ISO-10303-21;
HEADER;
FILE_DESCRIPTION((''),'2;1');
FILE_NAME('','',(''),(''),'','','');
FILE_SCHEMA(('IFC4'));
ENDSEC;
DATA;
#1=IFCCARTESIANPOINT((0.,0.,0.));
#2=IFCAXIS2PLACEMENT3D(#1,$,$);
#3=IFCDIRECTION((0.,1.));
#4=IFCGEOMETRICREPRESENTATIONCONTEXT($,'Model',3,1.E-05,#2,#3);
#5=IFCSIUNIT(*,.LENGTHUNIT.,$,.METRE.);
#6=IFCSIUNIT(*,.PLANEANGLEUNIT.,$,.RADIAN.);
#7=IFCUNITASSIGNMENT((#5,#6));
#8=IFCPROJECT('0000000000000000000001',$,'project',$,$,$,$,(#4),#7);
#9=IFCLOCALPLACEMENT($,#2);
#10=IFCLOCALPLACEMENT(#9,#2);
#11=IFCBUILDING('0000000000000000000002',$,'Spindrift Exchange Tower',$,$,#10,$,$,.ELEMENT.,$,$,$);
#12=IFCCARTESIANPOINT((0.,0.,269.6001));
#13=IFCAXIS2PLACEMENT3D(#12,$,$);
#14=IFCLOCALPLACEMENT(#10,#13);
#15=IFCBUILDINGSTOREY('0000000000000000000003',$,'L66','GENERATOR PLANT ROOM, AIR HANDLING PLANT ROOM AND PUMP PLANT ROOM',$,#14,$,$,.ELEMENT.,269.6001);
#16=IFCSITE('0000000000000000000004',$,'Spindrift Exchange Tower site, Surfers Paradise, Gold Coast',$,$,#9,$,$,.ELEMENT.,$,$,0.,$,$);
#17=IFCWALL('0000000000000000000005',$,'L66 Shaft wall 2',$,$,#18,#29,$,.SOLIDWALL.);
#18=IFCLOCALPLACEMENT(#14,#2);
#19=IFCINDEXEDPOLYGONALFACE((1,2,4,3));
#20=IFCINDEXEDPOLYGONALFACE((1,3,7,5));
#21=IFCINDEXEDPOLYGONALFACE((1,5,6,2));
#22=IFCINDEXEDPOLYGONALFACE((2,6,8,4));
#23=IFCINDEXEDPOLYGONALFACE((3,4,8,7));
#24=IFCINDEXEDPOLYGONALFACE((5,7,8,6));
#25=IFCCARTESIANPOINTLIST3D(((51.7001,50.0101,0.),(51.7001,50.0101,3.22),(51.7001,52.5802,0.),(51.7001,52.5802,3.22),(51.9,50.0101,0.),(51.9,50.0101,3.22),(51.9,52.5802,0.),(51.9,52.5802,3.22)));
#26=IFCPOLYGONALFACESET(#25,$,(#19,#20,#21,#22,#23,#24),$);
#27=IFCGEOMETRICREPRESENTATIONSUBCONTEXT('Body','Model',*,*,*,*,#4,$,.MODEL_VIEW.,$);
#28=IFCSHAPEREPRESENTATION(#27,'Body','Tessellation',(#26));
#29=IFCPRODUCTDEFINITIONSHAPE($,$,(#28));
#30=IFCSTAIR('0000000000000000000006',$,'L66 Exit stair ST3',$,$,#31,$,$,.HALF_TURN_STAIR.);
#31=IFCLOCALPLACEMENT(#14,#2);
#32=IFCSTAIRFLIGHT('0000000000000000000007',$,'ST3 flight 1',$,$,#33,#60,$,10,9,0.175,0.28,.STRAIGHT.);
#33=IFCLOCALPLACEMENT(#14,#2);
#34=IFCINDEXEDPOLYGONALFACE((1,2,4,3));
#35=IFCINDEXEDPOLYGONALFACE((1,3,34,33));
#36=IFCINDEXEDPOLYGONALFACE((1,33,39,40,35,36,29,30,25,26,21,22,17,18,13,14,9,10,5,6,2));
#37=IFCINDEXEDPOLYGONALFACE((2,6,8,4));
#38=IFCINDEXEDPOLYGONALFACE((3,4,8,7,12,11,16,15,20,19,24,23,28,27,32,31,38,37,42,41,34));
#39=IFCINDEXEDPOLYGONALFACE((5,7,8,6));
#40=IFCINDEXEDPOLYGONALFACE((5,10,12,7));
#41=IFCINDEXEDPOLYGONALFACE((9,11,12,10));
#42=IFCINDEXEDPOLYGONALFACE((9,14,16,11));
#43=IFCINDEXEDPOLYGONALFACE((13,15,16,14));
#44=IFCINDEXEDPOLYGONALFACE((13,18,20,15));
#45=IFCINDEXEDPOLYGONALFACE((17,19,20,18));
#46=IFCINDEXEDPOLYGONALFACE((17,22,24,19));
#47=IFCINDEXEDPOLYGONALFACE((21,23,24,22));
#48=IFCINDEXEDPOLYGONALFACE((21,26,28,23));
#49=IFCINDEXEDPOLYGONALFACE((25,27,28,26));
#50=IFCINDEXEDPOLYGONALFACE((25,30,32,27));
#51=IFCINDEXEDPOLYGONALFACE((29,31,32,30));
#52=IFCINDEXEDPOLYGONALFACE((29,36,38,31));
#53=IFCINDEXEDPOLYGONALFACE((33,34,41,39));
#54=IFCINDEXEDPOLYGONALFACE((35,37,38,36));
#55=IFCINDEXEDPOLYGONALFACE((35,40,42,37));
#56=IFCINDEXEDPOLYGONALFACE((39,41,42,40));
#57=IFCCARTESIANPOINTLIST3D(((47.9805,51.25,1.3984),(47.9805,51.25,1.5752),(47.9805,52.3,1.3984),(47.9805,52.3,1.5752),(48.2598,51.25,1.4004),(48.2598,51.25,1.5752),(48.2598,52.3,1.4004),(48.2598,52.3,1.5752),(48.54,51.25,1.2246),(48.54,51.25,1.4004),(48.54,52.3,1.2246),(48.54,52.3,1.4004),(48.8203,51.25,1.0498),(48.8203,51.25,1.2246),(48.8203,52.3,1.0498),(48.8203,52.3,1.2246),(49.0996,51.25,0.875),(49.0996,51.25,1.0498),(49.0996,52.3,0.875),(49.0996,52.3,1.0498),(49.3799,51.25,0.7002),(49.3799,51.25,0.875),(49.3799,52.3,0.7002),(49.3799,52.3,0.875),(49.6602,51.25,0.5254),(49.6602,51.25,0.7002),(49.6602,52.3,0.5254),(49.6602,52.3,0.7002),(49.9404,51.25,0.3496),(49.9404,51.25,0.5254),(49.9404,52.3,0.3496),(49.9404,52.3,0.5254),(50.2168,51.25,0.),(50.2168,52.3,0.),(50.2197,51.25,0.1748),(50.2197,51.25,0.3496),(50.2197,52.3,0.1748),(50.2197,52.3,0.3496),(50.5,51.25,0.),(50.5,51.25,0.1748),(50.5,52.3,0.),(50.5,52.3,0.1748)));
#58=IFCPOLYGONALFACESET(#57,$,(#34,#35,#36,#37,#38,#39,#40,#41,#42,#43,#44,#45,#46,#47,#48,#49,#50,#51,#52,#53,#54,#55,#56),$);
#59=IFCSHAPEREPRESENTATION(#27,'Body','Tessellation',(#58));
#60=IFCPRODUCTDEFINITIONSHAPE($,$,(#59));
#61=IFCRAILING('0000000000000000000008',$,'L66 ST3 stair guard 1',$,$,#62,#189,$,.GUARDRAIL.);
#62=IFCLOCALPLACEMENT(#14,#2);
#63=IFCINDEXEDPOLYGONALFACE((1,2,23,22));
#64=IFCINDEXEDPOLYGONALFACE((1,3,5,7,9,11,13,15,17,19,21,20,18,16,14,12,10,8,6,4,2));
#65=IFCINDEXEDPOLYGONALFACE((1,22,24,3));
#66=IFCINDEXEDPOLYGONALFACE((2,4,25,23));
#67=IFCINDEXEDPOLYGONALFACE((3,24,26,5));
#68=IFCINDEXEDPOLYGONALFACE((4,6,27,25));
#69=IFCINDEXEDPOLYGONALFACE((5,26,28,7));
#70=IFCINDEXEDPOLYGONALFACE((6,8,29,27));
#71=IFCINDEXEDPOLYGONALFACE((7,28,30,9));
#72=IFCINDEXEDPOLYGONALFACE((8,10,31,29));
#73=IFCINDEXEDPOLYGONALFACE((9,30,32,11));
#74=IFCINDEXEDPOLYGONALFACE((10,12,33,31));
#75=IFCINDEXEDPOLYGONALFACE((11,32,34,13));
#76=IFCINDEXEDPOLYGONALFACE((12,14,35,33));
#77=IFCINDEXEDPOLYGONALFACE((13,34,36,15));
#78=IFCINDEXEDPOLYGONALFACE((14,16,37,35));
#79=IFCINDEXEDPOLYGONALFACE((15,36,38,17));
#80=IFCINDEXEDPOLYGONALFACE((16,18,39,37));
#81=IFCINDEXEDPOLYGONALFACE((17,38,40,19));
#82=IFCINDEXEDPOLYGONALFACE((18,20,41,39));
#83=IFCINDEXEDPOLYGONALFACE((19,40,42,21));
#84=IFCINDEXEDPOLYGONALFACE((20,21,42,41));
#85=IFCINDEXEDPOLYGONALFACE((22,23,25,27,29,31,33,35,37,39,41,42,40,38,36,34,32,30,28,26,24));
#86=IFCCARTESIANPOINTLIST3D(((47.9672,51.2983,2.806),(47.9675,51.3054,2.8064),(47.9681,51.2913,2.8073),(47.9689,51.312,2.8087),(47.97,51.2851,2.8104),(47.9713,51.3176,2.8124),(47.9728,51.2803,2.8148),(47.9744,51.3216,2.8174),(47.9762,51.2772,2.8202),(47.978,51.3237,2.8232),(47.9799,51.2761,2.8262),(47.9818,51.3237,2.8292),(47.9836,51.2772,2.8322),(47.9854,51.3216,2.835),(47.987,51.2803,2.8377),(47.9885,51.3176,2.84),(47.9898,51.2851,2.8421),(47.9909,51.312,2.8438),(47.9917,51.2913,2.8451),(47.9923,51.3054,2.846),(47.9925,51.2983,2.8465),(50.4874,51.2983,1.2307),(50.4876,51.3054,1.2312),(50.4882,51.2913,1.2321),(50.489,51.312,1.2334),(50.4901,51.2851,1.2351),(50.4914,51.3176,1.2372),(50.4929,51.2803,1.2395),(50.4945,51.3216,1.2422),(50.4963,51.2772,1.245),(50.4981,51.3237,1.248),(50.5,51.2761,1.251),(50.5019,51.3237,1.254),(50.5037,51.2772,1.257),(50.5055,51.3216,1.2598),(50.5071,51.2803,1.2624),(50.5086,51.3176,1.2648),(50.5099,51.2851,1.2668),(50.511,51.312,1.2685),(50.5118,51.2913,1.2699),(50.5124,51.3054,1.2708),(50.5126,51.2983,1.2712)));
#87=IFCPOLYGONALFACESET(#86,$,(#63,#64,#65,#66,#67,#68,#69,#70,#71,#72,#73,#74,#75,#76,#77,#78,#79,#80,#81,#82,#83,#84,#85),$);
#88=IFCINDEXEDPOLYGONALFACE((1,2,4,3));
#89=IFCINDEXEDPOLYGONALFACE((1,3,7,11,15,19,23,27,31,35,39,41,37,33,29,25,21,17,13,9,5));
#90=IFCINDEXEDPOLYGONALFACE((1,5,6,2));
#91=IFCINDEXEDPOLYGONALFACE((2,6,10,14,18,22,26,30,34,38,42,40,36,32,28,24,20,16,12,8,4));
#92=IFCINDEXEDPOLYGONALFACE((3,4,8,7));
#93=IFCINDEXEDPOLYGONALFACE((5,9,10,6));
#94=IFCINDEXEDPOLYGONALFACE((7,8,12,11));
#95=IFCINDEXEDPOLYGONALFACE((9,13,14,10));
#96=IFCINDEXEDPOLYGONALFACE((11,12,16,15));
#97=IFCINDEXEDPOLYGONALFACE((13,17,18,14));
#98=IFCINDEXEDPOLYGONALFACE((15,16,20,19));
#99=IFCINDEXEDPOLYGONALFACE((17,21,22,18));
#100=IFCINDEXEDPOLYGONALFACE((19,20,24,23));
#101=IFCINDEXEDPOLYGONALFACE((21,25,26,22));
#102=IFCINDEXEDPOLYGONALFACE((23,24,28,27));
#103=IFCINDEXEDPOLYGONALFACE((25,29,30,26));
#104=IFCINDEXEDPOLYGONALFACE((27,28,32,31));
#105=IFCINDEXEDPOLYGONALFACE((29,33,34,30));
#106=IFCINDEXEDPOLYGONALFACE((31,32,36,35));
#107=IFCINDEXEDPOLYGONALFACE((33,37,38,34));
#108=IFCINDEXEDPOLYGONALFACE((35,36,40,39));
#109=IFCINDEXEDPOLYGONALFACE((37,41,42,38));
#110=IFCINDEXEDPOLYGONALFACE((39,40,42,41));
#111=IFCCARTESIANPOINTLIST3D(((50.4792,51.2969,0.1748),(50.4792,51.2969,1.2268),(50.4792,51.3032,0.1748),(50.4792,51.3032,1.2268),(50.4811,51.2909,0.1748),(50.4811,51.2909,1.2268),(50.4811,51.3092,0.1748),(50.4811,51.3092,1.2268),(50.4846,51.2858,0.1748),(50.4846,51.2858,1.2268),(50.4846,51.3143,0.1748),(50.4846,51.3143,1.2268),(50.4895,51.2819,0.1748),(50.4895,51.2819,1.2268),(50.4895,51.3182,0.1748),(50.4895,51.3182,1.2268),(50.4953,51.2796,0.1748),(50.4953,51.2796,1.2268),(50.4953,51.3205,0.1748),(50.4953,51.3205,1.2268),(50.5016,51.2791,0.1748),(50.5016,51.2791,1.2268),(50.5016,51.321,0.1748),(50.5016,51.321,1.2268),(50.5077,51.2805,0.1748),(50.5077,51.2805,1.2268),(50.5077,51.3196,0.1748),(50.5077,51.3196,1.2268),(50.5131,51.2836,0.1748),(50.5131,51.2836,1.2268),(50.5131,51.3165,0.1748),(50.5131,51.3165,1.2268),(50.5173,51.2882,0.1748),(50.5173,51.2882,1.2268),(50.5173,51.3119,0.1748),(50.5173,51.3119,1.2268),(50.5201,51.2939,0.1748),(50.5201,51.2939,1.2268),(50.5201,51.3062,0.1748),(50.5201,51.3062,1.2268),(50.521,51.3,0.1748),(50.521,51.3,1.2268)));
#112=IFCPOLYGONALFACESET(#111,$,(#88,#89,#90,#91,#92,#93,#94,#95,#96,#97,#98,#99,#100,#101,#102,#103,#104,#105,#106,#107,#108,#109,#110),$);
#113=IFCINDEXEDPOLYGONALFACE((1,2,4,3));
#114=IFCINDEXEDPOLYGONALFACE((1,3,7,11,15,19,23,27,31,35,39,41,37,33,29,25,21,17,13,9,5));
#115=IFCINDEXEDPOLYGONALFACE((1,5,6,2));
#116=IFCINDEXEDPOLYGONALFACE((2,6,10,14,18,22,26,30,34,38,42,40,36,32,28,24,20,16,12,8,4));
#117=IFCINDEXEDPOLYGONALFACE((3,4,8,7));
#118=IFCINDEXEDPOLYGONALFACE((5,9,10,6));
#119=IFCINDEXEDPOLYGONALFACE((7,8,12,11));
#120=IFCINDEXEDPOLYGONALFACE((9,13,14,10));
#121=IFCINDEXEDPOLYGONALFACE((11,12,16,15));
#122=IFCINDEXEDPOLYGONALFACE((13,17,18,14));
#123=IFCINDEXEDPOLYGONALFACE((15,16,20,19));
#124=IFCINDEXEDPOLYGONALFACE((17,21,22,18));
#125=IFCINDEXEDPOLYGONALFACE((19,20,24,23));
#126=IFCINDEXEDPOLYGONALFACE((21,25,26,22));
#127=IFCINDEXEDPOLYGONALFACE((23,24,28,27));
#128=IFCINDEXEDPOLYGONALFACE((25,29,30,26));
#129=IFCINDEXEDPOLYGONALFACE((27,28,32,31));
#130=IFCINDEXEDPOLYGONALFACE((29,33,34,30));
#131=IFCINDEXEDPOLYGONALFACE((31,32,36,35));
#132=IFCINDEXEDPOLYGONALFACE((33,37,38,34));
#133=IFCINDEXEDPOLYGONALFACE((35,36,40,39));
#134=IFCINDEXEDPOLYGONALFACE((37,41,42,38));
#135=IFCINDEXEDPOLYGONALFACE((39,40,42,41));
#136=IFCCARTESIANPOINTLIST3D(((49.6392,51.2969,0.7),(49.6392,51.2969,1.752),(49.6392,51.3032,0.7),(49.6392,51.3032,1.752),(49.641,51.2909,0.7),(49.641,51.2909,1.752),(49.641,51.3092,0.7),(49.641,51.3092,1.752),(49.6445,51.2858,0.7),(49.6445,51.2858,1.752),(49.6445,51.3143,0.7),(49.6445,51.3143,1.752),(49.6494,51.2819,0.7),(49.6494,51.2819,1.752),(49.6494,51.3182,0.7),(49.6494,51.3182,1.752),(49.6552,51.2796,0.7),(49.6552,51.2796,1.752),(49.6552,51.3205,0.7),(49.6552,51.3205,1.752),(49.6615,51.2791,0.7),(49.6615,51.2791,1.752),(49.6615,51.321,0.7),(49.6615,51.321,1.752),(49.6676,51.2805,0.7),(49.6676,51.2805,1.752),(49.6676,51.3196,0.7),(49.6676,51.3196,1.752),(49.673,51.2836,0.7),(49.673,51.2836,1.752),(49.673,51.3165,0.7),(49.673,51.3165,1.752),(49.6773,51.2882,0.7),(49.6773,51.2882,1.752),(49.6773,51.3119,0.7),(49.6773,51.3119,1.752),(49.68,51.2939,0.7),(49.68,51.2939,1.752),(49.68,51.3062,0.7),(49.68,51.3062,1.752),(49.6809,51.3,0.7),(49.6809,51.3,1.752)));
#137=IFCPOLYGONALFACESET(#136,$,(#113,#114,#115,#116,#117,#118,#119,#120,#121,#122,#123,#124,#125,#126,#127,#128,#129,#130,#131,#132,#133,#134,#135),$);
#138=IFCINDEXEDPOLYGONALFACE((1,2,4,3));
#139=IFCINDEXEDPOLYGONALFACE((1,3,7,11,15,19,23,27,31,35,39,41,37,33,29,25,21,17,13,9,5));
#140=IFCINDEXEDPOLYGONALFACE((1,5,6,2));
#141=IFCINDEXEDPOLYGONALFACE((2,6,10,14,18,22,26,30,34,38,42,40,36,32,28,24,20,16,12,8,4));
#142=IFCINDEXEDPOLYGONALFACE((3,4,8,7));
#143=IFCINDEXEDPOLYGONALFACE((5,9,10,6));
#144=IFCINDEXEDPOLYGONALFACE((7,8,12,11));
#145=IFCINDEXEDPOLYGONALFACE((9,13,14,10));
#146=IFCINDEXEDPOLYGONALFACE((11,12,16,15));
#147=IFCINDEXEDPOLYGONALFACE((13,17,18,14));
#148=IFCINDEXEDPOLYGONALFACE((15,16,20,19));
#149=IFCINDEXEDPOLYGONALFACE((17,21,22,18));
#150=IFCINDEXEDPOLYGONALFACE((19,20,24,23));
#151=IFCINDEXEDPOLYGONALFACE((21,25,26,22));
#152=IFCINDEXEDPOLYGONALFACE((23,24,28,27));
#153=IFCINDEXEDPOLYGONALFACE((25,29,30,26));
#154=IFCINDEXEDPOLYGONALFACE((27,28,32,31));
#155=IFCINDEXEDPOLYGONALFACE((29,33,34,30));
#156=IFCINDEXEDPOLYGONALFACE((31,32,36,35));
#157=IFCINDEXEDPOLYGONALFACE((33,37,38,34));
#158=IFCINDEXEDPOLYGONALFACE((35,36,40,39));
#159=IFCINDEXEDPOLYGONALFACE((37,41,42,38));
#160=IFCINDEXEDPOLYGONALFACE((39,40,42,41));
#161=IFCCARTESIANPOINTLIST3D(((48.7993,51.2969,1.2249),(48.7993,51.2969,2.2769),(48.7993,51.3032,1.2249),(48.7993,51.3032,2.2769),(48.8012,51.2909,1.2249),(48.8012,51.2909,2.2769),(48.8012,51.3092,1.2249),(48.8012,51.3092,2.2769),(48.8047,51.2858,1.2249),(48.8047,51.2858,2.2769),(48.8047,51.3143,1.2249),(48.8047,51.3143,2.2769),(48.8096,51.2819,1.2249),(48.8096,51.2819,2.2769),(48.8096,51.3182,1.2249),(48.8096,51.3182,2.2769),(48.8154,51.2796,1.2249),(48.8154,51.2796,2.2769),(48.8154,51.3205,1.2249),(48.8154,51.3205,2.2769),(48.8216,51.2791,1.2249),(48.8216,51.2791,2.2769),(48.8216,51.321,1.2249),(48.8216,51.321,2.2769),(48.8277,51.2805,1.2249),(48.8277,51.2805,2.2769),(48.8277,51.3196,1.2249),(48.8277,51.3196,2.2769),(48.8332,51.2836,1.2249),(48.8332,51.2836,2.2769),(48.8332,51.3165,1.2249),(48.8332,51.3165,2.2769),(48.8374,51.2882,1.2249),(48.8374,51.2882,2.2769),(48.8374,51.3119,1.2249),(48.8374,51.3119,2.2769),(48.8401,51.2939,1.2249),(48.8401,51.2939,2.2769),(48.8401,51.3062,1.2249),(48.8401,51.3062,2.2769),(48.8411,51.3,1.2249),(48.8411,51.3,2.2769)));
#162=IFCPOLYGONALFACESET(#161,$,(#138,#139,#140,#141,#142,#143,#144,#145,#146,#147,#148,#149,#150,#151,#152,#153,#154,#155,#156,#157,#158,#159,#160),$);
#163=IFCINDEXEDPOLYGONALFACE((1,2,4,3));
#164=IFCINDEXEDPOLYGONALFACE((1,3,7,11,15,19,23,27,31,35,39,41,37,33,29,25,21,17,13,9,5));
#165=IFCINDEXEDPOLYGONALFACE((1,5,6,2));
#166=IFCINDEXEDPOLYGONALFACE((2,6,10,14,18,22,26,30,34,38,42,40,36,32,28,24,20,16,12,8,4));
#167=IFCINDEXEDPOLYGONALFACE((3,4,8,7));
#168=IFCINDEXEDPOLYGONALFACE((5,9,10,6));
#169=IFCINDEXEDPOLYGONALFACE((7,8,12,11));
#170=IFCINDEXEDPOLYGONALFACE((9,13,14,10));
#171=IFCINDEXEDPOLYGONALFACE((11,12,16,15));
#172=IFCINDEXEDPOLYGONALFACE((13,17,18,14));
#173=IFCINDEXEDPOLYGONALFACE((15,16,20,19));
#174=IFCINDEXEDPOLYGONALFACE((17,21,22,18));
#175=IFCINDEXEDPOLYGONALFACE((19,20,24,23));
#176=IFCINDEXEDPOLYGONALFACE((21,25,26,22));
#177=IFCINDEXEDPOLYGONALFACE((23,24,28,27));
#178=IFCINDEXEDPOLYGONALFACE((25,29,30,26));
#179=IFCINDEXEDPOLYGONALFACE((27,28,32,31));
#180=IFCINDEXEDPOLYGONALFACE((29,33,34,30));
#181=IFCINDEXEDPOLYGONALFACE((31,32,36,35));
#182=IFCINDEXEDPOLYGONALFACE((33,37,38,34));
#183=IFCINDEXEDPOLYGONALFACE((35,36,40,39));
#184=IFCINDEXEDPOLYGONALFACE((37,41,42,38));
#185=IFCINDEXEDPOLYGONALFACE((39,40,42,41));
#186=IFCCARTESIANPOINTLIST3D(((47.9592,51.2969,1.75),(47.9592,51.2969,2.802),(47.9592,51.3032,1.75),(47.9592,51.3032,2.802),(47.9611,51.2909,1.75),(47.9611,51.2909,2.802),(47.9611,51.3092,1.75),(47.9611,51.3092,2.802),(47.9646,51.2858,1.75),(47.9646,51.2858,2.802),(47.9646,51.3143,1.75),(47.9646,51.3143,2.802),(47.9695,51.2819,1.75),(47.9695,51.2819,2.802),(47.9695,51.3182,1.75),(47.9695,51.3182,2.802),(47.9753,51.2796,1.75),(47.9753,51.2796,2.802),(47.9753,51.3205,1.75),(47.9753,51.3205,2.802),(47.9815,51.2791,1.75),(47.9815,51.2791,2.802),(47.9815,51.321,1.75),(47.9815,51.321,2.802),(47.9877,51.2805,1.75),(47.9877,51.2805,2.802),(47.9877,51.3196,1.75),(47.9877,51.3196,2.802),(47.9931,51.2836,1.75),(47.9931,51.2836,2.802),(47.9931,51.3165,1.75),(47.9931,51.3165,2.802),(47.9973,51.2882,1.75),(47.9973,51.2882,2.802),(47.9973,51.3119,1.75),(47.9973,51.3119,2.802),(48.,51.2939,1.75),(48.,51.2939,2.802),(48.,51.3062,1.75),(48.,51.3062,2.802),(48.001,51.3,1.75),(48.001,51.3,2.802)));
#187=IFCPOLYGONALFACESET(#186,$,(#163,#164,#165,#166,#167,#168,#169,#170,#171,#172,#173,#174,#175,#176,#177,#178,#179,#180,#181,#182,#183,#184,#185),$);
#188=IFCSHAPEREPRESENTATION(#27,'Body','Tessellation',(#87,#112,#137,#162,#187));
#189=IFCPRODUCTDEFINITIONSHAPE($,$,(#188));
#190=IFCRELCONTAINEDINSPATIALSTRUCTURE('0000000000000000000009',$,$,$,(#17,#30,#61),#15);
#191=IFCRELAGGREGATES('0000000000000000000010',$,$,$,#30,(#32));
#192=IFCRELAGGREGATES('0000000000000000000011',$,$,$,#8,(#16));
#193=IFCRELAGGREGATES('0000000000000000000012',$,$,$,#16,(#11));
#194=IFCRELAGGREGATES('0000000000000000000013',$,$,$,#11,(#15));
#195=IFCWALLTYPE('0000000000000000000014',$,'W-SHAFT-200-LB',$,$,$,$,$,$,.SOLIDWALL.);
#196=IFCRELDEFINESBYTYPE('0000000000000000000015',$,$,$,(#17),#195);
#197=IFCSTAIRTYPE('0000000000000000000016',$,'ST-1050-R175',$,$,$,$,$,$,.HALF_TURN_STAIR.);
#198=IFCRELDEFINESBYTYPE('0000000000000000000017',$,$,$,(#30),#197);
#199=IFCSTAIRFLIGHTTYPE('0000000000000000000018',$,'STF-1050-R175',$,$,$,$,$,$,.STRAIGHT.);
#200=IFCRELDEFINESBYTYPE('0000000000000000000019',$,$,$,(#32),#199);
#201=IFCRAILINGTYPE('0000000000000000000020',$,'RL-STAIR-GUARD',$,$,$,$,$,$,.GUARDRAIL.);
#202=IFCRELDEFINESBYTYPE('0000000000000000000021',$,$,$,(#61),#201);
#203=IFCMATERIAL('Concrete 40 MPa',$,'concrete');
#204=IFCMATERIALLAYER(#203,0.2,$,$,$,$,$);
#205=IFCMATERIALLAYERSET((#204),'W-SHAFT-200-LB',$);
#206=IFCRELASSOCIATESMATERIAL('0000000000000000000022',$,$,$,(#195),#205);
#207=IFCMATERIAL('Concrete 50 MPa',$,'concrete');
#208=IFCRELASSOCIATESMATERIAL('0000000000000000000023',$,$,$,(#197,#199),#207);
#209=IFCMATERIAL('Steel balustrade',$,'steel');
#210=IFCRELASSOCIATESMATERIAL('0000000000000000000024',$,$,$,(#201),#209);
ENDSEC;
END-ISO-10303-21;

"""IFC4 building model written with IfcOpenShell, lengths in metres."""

from ifc_helpers import new_model, si_unit, direction, frame, frame_2d, origin, origin_2d, place, context, subcontext, project, spatial, line, indexed_curve, rectangle, circle, outline, extrude, material, layer, layer_set, type_object, element, aggregate, save


model = new_model("IFC4")

# Units and contexts
model_context = context("Model", 3, precision=1e-05, world=origin(), true_north=direction((0.0, 1.0)))
body_context = subcontext(model_context, "Body", "Model", "MODEL_VIEW")
ifc_project = project(units=[si_unit("LENGTHUNIT", "METRE"), si_unit("PLANEANGLEUNIT", "RADIAN")], contexts=[model_context])

# Site, building, storey
site_placement = place(None, origin())
site = spatial("IfcSite", under=ifc_project, at=site_placement, Name="Spindrift Exchange Tower site, Surfers Paradise, Gold Coast", CompositionType="ELEMENT", RefElevation=0.0)
building_placement = place(site_placement, origin())
building = spatial("IfcBuilding", under=site, at=building_placement, Name="Spindrift Exchange Tower", CompositionType="ELEMENT")
storey_placement = place(building_placement, frame((0.0, 0.0, 269.6001)))
storey = spatial("IfcBuildingStorey", under=building, at=storey_placement, Name="L66", Description="GENERATOR PLANT ROOM, AIR HANDLING PLANT ROOM AND PUMP PLANT ROOM", CompositionType="ELEMENT", Elevation=269.6001)

# Shared definitions
ifc_material_1 = material(Name="Concrete 40 MPa", Category="concrete")

# Wall
ifc_layer_1 = layer(ifc_material_1, 0.2)
ifc_layer_set_1 = layer_set([ifc_layer_1], Name="W-SHAFT-200-LB")
wall_type_1 = type_object("IfcWallType", Name="W-SHAFT-200-LB", PredefinedType="SOLIDWALL", material=ifc_layer_set_1)
wall_1_placement = place(storey_placement, frame((51.8, 50.01, 0.0), z_axis=(0.0, 0.0, 1.0), x_axis=(0.0, 1.0, 0.0)))
element("IfcWall", 1, at=wall_1_placement, inside=storey, type_object=wall_type_1, Name="L66 Shaft wall 2", PredefinedType="SOLIDWALL", context=body_context, shape_type="SweptSolid", body=[
    extrude(rectangle(XDim=2.5701, YDim=0.2, at=frame_2d((1.2852, 0.0))), origin(), (0.0, 0.0, 1.0), 3.22),
])

# Stair, stair flight
ifc_material_2 = material(Name="Concrete 50 MPa", Category="concrete")
stair_type = type_object("IfcStairType", Name="ST-1050-R175", PredefinedType="HALF_TURN_STAIR", material=ifc_material_2)
stair_placement = place(storey_placement, origin())
stair = element("IfcStair", 2, at=stair_placement, inside=storey, type_object=stair_type, Name="L66 Exit stair ST3", PredefinedType="HALF_TURN_STAIR")
stair_flight_type = type_object("IfcStairFlightType", Name="STF-1050-R175", PredefinedType="STRAIGHT", material=ifc_material_2)
stair_flight_placement = place(storey_placement, frame((50.5, 51.7749, 0.0), z_axis=(0.0, 0.0, 1.0), x_axis=(-1.0, 0.0, 0.0)))
stair_flight = element("IfcStairFlight", 3, at=stair_flight_placement, type_object=stair_flight_type, Name="ST3 flight 1", NumberOfRisers=10, NumberOfTreads=9, PredefinedType="STRAIGHT", RiserHeight=0.175, TreadLength=0.28, context=body_context, shape_type="SweptSolid", body=[
    extrude(outline(indexed_curve([(0.0, 0.0), (0.0, 0.1748), (0.2803, 0.1748), (0.2803, 0.3496), (0.5596, 0.3496), (0.5596, 0.5254), (0.8398, 0.5254), (0.8398, 0.7002), (1.1201, 0.7002), (1.1201, 0.875), (1.4004, 0.875), (1.4004, 1.0498), (1.6797, 1.0498), (1.6797, 1.2246), (1.96, 1.2246), (1.96, 1.4004), (2.2402, 1.4004), (2.2402, 1.5752), (2.5195, 1.5752), (2.5195, 1.75), (2.5195, 1.3984), (0.2832, 0.0)], segments=[line(1, 2, 3, 4, 5, 6, 7, 8, 9, 10, 11, 12, 13, 14, 15, 16, 17, 18, 19, 20, 21, 22, 1)], self_intersect=False)), frame((0.0, 0.5249, 0.0), z_axis=(0.0, -1.0, 0.0), x_axis=(1.0, 0.0, 0.0)), (0.0, 0.0, 1.0), 1.05),
])
aggregate(stair, [stair_flight])

# Railing
ifc_material_3 = material(Name="Steel balustrade", Category="steel")
railing_type_1 = type_object("IfcRailingType", Name="RL-STAIR-GUARD", PredefinedType="GUARDRAIL", material=ifc_material_3)
railing_1_placement = place(storey_placement, frame((50.5, 51.3, 0.1748)))
element("IfcRailing", 4, at=railing_1_placement, inside=storey, type_object=railing_type_1, Name="L66 ST3 stair guard 1", PredefinedType="GUARDRAIL", context=body_context, shape_type="SweptSolid", body=[
    extrude(circle(Radius=0.0239, at=origin_2d()), frame((0.0, 0.0, 1.0762), z_axis=(-0.847971, 0.0, 0.530043), x_axis=(0.0, -1.0, 0.0)), (0.0, 0.0, 1.0), 2.9719),
    extrude(circle(Radius=0.021, at=origin_2d()), origin(), (0.0, 0.0, 1.0), 1.052),
    extrude(circle(Radius=0.021, at=origin_2d()), frame((-0.8401, 0.0, 0.5251)), (0.0, 0.0, 1.0), 1.052),
    extrude(circle(Radius=0.021, at=origin_2d()), frame((-1.6799, 0.0, 1.05)), (0.0, 0.0, 1.0), 1.052),
    extrude(circle(Radius=0.021, at=origin_2d()), frame((-2.52, 0.0, 1.5752)), (0.0, 0.0, 1.0), 1.052),
])

save(model, "model.ifc")
